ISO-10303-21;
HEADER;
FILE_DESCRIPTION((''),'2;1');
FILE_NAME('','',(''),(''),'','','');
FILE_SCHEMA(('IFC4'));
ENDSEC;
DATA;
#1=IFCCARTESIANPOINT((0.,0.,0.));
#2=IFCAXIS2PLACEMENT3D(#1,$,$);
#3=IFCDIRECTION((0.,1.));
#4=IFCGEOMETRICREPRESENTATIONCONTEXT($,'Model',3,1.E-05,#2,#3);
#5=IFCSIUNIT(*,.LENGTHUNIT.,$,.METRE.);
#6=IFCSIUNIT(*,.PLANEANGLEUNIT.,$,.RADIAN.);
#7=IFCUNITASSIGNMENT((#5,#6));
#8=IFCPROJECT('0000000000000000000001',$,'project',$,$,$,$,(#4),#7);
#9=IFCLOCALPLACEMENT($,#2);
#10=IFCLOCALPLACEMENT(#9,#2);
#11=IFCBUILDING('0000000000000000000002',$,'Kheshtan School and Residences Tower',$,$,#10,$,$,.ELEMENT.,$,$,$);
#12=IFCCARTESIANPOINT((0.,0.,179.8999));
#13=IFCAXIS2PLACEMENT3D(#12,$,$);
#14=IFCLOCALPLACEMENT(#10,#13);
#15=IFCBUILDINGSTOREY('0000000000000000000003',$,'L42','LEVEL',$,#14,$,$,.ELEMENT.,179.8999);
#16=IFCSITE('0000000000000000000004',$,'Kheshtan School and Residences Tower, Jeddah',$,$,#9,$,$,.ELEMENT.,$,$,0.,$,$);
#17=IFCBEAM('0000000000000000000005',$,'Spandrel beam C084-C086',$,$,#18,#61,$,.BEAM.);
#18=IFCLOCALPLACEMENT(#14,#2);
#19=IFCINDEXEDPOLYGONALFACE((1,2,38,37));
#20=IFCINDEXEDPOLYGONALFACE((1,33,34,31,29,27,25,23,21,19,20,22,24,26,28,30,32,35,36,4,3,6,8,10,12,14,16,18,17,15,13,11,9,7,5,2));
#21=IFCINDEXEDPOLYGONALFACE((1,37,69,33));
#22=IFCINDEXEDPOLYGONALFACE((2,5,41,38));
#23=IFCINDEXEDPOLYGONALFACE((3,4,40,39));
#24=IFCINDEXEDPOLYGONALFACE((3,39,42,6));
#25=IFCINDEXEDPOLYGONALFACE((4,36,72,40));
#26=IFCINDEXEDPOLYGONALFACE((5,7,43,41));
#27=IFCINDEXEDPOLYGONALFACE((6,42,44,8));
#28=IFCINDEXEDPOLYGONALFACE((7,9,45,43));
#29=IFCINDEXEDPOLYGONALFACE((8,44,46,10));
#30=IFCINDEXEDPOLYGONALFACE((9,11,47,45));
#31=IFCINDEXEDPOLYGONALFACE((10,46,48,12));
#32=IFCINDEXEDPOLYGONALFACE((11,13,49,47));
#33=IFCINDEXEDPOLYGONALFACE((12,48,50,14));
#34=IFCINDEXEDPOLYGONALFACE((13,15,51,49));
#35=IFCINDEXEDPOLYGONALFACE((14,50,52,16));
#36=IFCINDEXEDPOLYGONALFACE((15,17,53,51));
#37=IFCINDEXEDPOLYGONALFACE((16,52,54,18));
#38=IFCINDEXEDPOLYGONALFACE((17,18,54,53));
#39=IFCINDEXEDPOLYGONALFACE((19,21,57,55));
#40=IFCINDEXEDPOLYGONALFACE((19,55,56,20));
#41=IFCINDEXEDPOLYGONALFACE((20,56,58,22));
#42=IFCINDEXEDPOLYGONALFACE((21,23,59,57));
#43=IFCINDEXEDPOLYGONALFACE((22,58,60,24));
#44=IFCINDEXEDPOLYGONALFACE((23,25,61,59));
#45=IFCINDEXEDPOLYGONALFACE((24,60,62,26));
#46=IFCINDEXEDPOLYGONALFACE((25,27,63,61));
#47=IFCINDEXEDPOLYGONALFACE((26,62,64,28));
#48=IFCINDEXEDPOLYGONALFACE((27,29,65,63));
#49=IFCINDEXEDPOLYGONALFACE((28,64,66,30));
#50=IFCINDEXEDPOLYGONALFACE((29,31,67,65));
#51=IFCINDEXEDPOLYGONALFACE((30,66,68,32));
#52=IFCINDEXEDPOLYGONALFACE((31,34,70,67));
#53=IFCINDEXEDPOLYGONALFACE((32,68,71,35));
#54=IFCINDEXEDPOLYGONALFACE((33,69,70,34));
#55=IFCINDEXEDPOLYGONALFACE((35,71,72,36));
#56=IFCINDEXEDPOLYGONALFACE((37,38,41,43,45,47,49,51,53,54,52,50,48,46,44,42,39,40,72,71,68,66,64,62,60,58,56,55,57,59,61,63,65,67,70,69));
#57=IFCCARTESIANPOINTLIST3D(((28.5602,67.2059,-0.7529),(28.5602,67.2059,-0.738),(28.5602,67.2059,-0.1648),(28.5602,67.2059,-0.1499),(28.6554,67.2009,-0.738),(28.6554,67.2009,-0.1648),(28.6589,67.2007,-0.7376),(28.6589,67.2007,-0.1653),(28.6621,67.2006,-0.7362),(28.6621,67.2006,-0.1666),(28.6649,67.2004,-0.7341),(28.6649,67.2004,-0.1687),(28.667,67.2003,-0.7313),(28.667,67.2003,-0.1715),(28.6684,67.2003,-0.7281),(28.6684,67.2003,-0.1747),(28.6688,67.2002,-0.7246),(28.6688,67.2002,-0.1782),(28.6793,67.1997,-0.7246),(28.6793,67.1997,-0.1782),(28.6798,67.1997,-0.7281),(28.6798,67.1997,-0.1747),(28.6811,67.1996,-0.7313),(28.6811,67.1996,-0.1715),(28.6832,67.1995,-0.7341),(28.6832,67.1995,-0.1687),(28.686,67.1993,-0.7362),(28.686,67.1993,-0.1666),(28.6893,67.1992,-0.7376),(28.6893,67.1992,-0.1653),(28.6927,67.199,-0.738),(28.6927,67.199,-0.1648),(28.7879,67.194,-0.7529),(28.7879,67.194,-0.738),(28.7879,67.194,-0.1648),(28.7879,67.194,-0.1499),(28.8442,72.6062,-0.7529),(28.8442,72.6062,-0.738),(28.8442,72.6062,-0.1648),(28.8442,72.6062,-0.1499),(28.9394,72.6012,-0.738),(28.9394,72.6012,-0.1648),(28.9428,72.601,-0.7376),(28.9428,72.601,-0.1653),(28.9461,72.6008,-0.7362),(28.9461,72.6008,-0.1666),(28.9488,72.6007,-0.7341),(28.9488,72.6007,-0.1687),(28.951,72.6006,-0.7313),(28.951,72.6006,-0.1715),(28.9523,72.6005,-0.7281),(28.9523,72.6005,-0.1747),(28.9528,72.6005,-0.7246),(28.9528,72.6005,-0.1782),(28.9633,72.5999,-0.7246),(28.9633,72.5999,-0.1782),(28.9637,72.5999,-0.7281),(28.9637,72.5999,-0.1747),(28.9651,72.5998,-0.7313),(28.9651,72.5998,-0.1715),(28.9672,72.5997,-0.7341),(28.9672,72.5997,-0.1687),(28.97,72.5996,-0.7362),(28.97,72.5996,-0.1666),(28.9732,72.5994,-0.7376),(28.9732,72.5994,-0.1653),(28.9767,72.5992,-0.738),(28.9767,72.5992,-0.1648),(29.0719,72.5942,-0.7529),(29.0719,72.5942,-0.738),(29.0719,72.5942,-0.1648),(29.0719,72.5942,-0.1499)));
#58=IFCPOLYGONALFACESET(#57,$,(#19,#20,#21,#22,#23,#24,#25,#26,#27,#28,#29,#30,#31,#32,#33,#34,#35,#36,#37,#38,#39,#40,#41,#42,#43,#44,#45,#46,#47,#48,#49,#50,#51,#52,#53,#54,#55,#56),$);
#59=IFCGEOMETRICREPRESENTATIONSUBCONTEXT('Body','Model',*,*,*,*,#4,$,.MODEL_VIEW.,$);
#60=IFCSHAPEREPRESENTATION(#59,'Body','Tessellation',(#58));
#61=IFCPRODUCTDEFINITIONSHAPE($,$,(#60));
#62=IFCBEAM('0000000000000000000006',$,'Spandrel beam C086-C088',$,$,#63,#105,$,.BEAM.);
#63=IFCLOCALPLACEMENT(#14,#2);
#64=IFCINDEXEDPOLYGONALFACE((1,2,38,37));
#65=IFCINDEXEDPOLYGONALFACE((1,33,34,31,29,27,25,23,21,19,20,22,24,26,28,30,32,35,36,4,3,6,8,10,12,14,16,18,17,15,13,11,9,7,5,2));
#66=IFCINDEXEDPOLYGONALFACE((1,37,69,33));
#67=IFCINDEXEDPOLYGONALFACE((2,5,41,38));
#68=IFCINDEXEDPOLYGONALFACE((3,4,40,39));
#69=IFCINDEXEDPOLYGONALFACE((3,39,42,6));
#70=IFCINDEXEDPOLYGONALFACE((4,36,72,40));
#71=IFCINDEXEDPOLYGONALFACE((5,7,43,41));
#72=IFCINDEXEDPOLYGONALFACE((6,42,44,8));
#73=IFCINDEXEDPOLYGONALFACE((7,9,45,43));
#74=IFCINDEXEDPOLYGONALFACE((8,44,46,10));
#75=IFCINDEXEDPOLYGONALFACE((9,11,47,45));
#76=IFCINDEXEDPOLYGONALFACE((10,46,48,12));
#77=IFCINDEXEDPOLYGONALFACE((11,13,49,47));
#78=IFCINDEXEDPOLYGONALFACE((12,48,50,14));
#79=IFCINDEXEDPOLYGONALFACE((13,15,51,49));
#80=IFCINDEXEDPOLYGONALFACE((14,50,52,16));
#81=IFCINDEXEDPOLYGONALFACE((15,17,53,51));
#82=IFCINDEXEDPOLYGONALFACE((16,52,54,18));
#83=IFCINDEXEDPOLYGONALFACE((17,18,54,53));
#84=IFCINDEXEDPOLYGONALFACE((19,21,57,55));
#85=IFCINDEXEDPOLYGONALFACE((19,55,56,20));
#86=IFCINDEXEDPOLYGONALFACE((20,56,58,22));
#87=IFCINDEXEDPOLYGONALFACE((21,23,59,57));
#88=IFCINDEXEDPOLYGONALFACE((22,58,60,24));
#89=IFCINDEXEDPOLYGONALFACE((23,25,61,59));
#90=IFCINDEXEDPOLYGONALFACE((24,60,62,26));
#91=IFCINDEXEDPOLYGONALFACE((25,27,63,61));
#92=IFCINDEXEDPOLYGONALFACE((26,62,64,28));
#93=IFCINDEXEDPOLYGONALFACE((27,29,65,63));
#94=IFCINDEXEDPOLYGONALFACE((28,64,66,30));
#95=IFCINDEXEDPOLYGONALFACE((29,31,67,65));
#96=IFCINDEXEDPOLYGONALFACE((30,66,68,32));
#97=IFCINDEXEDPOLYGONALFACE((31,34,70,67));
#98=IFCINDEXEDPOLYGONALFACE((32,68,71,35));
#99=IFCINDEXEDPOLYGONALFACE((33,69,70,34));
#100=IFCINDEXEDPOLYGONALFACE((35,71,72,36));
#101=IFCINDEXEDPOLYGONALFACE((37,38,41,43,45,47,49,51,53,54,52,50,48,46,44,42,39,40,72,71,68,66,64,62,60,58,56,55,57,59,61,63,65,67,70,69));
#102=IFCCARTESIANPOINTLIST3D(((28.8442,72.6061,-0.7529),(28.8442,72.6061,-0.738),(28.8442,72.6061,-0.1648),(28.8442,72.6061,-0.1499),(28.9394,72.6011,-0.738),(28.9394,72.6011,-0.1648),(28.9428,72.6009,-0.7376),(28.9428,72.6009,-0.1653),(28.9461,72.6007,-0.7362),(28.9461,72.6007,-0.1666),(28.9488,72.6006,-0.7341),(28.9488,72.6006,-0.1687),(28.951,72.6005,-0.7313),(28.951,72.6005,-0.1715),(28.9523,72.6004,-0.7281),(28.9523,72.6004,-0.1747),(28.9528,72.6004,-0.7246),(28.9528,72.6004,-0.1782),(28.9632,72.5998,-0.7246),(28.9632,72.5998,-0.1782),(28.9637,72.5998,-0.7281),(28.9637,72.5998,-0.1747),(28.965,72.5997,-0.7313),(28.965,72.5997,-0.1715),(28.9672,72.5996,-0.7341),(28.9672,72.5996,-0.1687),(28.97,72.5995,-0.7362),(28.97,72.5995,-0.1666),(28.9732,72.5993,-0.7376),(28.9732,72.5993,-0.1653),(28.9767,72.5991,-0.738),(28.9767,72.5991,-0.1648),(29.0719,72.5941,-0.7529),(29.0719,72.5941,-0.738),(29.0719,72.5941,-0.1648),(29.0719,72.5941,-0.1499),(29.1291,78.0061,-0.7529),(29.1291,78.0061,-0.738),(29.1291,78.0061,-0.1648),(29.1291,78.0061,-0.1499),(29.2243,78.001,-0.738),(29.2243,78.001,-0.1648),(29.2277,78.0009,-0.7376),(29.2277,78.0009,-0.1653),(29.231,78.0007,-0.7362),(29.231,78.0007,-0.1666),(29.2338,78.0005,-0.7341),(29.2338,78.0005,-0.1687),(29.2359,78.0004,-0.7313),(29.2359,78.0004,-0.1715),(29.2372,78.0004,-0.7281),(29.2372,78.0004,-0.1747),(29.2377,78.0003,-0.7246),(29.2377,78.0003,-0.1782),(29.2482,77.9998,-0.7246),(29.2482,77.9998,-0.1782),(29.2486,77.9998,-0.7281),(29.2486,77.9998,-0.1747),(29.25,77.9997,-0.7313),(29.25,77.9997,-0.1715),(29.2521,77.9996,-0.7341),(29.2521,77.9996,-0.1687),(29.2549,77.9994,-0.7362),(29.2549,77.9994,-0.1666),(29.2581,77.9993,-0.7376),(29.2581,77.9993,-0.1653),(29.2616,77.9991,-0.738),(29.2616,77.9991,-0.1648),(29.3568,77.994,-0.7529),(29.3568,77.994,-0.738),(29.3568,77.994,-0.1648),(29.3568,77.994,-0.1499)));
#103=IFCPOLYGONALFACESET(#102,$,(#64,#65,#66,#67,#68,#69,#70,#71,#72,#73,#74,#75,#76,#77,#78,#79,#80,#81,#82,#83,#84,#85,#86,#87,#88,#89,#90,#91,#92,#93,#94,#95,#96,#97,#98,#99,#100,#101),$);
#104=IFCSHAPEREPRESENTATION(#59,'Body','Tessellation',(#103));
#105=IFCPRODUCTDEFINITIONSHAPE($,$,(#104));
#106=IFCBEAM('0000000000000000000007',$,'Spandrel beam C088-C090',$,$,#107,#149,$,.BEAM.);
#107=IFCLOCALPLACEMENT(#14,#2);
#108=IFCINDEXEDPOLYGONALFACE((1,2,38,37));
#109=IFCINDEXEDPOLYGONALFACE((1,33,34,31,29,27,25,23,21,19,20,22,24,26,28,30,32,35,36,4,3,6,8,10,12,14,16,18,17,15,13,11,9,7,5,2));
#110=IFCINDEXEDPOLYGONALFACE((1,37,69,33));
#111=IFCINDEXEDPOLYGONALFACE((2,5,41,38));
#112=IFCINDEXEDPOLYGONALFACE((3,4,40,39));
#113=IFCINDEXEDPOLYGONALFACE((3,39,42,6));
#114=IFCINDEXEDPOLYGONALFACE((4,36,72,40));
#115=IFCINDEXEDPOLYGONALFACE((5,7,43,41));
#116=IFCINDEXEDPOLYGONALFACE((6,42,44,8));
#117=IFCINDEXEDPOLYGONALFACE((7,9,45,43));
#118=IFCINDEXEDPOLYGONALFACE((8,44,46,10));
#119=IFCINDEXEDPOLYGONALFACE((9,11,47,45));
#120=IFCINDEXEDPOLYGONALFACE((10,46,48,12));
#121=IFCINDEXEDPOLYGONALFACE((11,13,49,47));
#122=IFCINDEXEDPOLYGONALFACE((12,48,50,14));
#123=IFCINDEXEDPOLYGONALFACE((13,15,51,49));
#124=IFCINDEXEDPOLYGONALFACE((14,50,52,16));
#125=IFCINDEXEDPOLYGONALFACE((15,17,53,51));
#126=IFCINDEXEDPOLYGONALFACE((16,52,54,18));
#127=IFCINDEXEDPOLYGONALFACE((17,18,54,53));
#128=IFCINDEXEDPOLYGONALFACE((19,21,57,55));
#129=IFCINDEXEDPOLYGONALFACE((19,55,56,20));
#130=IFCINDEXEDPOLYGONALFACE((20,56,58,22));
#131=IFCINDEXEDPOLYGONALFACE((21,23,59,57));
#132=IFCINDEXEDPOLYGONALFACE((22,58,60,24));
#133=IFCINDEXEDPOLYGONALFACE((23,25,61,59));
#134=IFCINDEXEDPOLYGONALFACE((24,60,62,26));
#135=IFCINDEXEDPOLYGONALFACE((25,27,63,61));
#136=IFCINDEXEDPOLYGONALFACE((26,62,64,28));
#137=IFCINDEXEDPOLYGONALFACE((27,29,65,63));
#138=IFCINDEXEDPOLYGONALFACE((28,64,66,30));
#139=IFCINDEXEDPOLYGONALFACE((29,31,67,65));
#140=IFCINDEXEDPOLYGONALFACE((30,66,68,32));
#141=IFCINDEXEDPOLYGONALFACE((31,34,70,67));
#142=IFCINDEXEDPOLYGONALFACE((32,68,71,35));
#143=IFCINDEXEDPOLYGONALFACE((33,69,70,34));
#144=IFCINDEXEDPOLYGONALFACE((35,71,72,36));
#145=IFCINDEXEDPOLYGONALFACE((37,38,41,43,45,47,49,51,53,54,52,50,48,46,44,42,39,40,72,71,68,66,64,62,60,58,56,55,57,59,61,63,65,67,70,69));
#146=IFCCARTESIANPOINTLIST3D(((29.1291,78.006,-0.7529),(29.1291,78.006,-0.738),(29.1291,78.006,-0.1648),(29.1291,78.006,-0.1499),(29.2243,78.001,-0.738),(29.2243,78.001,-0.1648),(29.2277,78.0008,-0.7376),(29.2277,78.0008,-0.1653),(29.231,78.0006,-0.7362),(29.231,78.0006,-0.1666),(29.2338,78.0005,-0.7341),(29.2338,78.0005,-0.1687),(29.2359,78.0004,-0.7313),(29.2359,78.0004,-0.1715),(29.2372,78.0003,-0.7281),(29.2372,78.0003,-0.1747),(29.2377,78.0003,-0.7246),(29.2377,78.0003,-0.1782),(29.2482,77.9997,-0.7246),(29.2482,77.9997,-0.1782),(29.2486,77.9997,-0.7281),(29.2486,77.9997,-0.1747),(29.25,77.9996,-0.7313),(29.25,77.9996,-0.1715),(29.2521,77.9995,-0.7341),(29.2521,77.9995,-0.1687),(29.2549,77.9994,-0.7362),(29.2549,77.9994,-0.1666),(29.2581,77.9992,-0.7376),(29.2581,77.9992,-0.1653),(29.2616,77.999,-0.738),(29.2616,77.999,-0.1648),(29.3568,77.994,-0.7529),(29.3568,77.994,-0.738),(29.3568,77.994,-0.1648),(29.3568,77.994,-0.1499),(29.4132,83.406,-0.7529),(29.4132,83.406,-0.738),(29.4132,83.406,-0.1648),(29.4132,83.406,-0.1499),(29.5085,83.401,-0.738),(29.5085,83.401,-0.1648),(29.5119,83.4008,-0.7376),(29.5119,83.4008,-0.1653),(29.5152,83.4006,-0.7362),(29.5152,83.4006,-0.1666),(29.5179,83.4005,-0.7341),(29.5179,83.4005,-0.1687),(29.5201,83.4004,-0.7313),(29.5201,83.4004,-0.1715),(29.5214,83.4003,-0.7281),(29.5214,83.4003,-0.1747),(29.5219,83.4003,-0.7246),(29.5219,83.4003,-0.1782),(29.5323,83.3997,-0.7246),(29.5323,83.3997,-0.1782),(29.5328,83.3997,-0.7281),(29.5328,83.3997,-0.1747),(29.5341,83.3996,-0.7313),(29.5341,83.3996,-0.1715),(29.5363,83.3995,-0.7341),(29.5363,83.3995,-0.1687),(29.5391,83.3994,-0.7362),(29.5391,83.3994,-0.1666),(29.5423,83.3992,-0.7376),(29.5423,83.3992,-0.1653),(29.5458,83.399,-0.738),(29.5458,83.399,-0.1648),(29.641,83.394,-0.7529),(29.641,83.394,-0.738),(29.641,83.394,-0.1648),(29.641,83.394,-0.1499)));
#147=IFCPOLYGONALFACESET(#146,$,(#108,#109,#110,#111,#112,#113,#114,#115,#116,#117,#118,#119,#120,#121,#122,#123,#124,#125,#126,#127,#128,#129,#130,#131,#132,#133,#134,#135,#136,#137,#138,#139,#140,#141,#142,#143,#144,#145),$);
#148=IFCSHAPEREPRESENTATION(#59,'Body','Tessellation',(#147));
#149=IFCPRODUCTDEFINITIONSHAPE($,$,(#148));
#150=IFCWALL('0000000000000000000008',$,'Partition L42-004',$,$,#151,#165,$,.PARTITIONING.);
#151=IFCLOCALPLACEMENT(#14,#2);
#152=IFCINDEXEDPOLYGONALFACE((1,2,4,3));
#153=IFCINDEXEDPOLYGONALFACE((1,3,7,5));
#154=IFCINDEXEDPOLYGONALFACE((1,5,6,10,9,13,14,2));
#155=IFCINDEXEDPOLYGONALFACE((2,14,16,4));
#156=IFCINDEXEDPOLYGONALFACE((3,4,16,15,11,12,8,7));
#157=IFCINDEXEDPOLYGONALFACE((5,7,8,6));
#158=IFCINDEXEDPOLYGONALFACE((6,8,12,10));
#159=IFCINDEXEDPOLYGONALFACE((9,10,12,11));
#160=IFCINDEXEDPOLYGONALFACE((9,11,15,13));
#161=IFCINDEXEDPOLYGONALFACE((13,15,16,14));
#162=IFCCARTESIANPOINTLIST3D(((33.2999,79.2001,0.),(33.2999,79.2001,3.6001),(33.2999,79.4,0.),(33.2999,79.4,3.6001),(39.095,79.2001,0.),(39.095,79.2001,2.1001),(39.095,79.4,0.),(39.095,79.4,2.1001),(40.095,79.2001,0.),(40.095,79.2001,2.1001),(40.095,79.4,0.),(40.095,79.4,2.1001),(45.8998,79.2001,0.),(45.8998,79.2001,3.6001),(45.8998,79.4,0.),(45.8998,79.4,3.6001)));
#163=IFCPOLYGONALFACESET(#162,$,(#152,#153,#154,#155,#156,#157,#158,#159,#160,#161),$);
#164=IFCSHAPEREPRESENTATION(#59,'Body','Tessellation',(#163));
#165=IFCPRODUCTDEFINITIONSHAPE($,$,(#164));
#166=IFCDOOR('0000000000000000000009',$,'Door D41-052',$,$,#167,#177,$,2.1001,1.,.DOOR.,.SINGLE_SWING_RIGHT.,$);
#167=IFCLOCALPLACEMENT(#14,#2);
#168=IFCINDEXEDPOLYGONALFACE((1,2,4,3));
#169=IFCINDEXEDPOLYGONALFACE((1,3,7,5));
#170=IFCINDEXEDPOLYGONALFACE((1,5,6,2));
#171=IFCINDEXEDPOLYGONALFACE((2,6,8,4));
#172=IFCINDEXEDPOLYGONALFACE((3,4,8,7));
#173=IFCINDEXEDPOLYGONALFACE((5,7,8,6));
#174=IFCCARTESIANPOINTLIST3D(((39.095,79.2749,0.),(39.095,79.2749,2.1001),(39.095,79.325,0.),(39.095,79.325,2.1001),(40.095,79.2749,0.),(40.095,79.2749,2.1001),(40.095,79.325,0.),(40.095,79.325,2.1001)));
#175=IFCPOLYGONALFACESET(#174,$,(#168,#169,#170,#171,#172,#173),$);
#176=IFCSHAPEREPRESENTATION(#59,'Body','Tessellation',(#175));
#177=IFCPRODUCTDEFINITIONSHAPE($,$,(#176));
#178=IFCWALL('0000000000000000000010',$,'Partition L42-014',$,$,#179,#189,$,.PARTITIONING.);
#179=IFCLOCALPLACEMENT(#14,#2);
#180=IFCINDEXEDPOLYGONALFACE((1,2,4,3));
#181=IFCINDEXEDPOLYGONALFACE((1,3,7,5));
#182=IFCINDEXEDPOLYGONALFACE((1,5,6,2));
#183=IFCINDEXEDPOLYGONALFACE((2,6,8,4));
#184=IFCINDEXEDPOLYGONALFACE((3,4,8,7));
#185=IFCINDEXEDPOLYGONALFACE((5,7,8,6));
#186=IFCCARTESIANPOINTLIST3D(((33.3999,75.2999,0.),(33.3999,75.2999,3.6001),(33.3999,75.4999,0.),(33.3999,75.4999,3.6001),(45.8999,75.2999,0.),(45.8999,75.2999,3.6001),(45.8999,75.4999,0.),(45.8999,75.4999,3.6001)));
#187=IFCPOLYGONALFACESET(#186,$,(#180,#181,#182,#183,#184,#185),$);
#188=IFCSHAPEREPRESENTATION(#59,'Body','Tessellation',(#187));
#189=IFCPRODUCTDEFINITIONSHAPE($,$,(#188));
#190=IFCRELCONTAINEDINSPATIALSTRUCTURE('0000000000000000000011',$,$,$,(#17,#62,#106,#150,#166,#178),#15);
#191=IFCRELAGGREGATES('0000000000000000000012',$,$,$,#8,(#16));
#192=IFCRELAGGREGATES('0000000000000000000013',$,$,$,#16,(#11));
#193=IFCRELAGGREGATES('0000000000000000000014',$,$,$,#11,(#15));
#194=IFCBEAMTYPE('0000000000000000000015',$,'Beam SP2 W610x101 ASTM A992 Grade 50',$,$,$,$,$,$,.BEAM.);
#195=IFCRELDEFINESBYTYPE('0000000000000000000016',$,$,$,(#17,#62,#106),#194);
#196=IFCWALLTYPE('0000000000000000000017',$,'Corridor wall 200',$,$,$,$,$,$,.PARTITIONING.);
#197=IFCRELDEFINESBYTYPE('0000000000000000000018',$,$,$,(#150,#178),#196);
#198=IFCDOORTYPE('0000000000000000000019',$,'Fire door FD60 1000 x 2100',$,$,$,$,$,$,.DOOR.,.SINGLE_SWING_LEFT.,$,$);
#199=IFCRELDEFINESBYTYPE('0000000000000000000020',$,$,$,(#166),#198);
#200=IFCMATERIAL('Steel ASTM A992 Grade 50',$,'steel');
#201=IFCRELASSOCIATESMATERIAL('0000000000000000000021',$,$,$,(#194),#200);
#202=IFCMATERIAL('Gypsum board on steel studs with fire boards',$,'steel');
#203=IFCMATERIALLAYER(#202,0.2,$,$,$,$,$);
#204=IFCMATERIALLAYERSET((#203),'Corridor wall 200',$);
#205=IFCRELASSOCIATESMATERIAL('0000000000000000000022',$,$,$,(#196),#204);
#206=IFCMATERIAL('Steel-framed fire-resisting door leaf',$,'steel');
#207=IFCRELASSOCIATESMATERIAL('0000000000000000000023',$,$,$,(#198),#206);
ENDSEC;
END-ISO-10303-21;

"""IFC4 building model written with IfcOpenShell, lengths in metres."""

from ifc_helpers import new_model, si_unit, direction, frame, frame_2d, origin, origin_2d, place, context, subcontext, project, spatial, rectangle, i_section, extrude, source, transform, mapped, material, layer, layer_set, material_profile, profile_set, type_object, element, fill, save


model = new_model("IFC4")

# Units and contexts
model_context = context("Model", 3, precision=1e-05, world=origin(), true_north=direction((0.0, 1.0)))
body_context = subcontext(model_context, "Body", "Model", "MODEL_VIEW")
ifc_project = project(units=[si_unit("LENGTHUNIT", "METRE"), si_unit("PLANEANGLEUNIT", "RADIAN")], contexts=[model_context])

# Site, building, storey
site_placement = place(None, origin())
site = spatial("IfcSite", under=ifc_project, at=site_placement, Name="Kheshtan School and Residences Tower, Jeddah", CompositionType="ELEMENT", RefElevation=0.0)
building_placement = place(site_placement, origin())
building = spatial("IfcBuilding", under=site, at=building_placement, Name="Kheshtan School and Residences Tower", CompositionType="ELEMENT")
storey_placement = place(building_placement, frame((0.0, 0.0, 179.8999)))
storey = spatial("IfcBuildingStorey", under=building, at=storey_placement, Name="L42", Description="LEVEL", CompositionType="ELEMENT", Elevation=179.8999)

# Shared definitions
ifc_material_1 = material(Name="Steel ASTM A992 Grade 50", Category="steel")

# Beams
ifc_material_profile_1 = material_profile(ifc_material_1, i_section(OverallWidth=0.228, OverallDepth=0.603, WebThickness=0.0105, FlangeThickness=0.0149, FilletRadius=0.0134, at=origin_2d()), Name="W610x101")
ifc_profile_set_1 = profile_set([ifc_material_profile_1], Name="Steel ASTM A992 Grade 50")
beam_type_1 = type_object("IfcBeamType", Name="Beam SP2 W610x101 ASTM A992 Grade 50", PredefinedType="BEAM", material=ifc_profile_set_1)
beam_1_placement = place(storey_placement, frame((28.6741, 67.2, -0.4514), z_axis=(0.052507, 0.998621, 0.0), x_axis=(-0.998621, 0.052507, 0.0)))
element("IfcBeam", 1, at=beam_1_placement, inside=storey, type_object=beam_type_1, Name="Spandrel beam C084-C086", PredefinedType="BEAM", context=body_context, shape_type="SweptSolid", body=[
    extrude(i_section(OverallWidth=0.228, OverallDepth=0.603, WebThickness=0.0105, FlangeThickness=0.0149, FilletRadius=0.0134, at=origin_2d()), origin(), (0.0, 0.0, 1.0), 5.4077),
])
for number, where, z_axis, x_axis, name in (
    (2, (28.958, 72.6001, -0.4514), (0.052689, 0.998611, 0.0), (-0.998611, 0.052689, 0.0), "Spandrel beam C086-C088"),
    (3, (29.2429, 78.0, -0.4514), (0.052554, 0.998618, 0.0), (-0.998618, 0.052554, 0.0), "Spandrel beam C088-C090"),
):
    element("IfcBeam", number, at=place(storey_placement, frame(where, z_axis=z_axis, x_axis=x_axis)), inside=storey, type_object=beam_type_1, Name=name, PredefinedType="BEAM", context=body_context, shape_type="SweptSolid", body=[
        extrude(i_section(OverallWidth=0.228, OverallDepth=0.603, WebThickness=0.0105, FlangeThickness=0.0149, FilletRadius=0.0134, at=origin_2d()), origin(), (0.0, 0.0, 1.0), 5.4075),
    ])

# Wall, opening, door
ifc_material_2 = material(Name="Gypsum board on steel studs with fire boards", Category="steel")
ifc_layer_1 = layer(ifc_material_2, 0.2)
ifc_layer_set_1 = layer_set([ifc_layer_1], Name="Corridor wall 200")
wall_type_1 = type_object("IfcWallType", Name="Corridor wall 200", PredefinedType="PARTITIONING", material=ifc_layer_set_1)
wall_1_placement = place(storey_placement, frame((33.3, 79.3, 0.0), z_axis=(0.0, 0.0, 1.0), x_axis=(1.0, 0.0, 0.0)))
wall_1 = element("IfcWall", 4, at=wall_1_placement, inside=storey, type_object=wall_type_1, Name="Partition L42-004", PredefinedType="PARTITIONING", context=body_context, shape_type="SweptSolid", body=[
    extrude(rectangle(XDim=12.5999, YDim=0.2, at=frame_2d((6.2998, 0.0))), origin(), (0.0, 0.0, 1.0), 3.6001),
])
opening_1_placement = place(wall_1_placement, frame((5.7949, 0.0, 0.0)))
opening_1 = element("IfcOpeningElement", 5, at=opening_1_placement, cuts=wall_1, PredefinedType="OPENING", context=body_context, shape_type="SweptSolid", body=[
    extrude(rectangle(XDim=1.0, YDim=2.1001, at=frame_2d((0.5, 1.05))), frame((0.0, 0.1099, 0.0), z_axis=(0.0, -1.0, 0.0), x_axis=(1.0, 0.0, 0.0)), (0.0, 0.0, 1.0), 0.22),
])
ifc_material_3 = material(Name="Steel-framed fire-resisting door leaf", Category="steel")
door_type_1 = type_object("IfcDoorType", Name="Fire door FD60 1000 x 2100", OperationType="SINGLE_SWING_LEFT", PredefinedType="DOOR", material=ifc_material_3)
shared_shape_1 = source(origin(), body_context, "Body", "SweptSolid", [
    extrude(rectangle(XDim=1.0, YDim=2.1001, at=frame_2d((0.5, 1.05))), frame((0.0, 0.0249, 0.0), z_axis=(0.0, -1.0, 0.0), x_axis=(1.0, 0.0, 0.0)), (0.0, 0.0, 1.0), 0.05),
])
door_1_placement = place(opening_1_placement, origin())
door_1 = element("IfcDoor", 6, at=door_1_placement, inside=storey, type_object=door_type_1, Name="Door D41-052", OperationType="SINGLE_SWING_RIGHT", OverallHeight=2.1001, OverallWidth=1.0, PredefinedType="DOOR", context=body_context, shape_type="MappedRepresentation", body=[
    mapped(shared_shape_1, transform((0.0, 0.0, 0.0), x_axis=(1.0, 0.0, 0.0), y_axis=(0.0, 1.0, 0.0), z_axis=(0.0, 0.0, 1.0), scale=1.0)),
])
fill(opening_1, door_1)

# Wall
wall_2_placement = place(storey_placement, frame((33.3999, 75.3999, 0.0), z_axis=(0.0, 0.0, 1.0), x_axis=(1.0, 0.0, 0.0)))
element("IfcWall", 7, at=wall_2_placement, inside=storey, type_object=wall_type_1, Name="Partition L42-014", PredefinedType="PARTITIONING", context=body_context, shape_type="SweptSolid", body=[
    extrude(rectangle(XDim=12.5, YDim=0.2, at=frame_2d((6.25, 0.0))), origin(), (0.0, 0.0, 1.0), 3.6001),
])

save(model, "model.ifc")
